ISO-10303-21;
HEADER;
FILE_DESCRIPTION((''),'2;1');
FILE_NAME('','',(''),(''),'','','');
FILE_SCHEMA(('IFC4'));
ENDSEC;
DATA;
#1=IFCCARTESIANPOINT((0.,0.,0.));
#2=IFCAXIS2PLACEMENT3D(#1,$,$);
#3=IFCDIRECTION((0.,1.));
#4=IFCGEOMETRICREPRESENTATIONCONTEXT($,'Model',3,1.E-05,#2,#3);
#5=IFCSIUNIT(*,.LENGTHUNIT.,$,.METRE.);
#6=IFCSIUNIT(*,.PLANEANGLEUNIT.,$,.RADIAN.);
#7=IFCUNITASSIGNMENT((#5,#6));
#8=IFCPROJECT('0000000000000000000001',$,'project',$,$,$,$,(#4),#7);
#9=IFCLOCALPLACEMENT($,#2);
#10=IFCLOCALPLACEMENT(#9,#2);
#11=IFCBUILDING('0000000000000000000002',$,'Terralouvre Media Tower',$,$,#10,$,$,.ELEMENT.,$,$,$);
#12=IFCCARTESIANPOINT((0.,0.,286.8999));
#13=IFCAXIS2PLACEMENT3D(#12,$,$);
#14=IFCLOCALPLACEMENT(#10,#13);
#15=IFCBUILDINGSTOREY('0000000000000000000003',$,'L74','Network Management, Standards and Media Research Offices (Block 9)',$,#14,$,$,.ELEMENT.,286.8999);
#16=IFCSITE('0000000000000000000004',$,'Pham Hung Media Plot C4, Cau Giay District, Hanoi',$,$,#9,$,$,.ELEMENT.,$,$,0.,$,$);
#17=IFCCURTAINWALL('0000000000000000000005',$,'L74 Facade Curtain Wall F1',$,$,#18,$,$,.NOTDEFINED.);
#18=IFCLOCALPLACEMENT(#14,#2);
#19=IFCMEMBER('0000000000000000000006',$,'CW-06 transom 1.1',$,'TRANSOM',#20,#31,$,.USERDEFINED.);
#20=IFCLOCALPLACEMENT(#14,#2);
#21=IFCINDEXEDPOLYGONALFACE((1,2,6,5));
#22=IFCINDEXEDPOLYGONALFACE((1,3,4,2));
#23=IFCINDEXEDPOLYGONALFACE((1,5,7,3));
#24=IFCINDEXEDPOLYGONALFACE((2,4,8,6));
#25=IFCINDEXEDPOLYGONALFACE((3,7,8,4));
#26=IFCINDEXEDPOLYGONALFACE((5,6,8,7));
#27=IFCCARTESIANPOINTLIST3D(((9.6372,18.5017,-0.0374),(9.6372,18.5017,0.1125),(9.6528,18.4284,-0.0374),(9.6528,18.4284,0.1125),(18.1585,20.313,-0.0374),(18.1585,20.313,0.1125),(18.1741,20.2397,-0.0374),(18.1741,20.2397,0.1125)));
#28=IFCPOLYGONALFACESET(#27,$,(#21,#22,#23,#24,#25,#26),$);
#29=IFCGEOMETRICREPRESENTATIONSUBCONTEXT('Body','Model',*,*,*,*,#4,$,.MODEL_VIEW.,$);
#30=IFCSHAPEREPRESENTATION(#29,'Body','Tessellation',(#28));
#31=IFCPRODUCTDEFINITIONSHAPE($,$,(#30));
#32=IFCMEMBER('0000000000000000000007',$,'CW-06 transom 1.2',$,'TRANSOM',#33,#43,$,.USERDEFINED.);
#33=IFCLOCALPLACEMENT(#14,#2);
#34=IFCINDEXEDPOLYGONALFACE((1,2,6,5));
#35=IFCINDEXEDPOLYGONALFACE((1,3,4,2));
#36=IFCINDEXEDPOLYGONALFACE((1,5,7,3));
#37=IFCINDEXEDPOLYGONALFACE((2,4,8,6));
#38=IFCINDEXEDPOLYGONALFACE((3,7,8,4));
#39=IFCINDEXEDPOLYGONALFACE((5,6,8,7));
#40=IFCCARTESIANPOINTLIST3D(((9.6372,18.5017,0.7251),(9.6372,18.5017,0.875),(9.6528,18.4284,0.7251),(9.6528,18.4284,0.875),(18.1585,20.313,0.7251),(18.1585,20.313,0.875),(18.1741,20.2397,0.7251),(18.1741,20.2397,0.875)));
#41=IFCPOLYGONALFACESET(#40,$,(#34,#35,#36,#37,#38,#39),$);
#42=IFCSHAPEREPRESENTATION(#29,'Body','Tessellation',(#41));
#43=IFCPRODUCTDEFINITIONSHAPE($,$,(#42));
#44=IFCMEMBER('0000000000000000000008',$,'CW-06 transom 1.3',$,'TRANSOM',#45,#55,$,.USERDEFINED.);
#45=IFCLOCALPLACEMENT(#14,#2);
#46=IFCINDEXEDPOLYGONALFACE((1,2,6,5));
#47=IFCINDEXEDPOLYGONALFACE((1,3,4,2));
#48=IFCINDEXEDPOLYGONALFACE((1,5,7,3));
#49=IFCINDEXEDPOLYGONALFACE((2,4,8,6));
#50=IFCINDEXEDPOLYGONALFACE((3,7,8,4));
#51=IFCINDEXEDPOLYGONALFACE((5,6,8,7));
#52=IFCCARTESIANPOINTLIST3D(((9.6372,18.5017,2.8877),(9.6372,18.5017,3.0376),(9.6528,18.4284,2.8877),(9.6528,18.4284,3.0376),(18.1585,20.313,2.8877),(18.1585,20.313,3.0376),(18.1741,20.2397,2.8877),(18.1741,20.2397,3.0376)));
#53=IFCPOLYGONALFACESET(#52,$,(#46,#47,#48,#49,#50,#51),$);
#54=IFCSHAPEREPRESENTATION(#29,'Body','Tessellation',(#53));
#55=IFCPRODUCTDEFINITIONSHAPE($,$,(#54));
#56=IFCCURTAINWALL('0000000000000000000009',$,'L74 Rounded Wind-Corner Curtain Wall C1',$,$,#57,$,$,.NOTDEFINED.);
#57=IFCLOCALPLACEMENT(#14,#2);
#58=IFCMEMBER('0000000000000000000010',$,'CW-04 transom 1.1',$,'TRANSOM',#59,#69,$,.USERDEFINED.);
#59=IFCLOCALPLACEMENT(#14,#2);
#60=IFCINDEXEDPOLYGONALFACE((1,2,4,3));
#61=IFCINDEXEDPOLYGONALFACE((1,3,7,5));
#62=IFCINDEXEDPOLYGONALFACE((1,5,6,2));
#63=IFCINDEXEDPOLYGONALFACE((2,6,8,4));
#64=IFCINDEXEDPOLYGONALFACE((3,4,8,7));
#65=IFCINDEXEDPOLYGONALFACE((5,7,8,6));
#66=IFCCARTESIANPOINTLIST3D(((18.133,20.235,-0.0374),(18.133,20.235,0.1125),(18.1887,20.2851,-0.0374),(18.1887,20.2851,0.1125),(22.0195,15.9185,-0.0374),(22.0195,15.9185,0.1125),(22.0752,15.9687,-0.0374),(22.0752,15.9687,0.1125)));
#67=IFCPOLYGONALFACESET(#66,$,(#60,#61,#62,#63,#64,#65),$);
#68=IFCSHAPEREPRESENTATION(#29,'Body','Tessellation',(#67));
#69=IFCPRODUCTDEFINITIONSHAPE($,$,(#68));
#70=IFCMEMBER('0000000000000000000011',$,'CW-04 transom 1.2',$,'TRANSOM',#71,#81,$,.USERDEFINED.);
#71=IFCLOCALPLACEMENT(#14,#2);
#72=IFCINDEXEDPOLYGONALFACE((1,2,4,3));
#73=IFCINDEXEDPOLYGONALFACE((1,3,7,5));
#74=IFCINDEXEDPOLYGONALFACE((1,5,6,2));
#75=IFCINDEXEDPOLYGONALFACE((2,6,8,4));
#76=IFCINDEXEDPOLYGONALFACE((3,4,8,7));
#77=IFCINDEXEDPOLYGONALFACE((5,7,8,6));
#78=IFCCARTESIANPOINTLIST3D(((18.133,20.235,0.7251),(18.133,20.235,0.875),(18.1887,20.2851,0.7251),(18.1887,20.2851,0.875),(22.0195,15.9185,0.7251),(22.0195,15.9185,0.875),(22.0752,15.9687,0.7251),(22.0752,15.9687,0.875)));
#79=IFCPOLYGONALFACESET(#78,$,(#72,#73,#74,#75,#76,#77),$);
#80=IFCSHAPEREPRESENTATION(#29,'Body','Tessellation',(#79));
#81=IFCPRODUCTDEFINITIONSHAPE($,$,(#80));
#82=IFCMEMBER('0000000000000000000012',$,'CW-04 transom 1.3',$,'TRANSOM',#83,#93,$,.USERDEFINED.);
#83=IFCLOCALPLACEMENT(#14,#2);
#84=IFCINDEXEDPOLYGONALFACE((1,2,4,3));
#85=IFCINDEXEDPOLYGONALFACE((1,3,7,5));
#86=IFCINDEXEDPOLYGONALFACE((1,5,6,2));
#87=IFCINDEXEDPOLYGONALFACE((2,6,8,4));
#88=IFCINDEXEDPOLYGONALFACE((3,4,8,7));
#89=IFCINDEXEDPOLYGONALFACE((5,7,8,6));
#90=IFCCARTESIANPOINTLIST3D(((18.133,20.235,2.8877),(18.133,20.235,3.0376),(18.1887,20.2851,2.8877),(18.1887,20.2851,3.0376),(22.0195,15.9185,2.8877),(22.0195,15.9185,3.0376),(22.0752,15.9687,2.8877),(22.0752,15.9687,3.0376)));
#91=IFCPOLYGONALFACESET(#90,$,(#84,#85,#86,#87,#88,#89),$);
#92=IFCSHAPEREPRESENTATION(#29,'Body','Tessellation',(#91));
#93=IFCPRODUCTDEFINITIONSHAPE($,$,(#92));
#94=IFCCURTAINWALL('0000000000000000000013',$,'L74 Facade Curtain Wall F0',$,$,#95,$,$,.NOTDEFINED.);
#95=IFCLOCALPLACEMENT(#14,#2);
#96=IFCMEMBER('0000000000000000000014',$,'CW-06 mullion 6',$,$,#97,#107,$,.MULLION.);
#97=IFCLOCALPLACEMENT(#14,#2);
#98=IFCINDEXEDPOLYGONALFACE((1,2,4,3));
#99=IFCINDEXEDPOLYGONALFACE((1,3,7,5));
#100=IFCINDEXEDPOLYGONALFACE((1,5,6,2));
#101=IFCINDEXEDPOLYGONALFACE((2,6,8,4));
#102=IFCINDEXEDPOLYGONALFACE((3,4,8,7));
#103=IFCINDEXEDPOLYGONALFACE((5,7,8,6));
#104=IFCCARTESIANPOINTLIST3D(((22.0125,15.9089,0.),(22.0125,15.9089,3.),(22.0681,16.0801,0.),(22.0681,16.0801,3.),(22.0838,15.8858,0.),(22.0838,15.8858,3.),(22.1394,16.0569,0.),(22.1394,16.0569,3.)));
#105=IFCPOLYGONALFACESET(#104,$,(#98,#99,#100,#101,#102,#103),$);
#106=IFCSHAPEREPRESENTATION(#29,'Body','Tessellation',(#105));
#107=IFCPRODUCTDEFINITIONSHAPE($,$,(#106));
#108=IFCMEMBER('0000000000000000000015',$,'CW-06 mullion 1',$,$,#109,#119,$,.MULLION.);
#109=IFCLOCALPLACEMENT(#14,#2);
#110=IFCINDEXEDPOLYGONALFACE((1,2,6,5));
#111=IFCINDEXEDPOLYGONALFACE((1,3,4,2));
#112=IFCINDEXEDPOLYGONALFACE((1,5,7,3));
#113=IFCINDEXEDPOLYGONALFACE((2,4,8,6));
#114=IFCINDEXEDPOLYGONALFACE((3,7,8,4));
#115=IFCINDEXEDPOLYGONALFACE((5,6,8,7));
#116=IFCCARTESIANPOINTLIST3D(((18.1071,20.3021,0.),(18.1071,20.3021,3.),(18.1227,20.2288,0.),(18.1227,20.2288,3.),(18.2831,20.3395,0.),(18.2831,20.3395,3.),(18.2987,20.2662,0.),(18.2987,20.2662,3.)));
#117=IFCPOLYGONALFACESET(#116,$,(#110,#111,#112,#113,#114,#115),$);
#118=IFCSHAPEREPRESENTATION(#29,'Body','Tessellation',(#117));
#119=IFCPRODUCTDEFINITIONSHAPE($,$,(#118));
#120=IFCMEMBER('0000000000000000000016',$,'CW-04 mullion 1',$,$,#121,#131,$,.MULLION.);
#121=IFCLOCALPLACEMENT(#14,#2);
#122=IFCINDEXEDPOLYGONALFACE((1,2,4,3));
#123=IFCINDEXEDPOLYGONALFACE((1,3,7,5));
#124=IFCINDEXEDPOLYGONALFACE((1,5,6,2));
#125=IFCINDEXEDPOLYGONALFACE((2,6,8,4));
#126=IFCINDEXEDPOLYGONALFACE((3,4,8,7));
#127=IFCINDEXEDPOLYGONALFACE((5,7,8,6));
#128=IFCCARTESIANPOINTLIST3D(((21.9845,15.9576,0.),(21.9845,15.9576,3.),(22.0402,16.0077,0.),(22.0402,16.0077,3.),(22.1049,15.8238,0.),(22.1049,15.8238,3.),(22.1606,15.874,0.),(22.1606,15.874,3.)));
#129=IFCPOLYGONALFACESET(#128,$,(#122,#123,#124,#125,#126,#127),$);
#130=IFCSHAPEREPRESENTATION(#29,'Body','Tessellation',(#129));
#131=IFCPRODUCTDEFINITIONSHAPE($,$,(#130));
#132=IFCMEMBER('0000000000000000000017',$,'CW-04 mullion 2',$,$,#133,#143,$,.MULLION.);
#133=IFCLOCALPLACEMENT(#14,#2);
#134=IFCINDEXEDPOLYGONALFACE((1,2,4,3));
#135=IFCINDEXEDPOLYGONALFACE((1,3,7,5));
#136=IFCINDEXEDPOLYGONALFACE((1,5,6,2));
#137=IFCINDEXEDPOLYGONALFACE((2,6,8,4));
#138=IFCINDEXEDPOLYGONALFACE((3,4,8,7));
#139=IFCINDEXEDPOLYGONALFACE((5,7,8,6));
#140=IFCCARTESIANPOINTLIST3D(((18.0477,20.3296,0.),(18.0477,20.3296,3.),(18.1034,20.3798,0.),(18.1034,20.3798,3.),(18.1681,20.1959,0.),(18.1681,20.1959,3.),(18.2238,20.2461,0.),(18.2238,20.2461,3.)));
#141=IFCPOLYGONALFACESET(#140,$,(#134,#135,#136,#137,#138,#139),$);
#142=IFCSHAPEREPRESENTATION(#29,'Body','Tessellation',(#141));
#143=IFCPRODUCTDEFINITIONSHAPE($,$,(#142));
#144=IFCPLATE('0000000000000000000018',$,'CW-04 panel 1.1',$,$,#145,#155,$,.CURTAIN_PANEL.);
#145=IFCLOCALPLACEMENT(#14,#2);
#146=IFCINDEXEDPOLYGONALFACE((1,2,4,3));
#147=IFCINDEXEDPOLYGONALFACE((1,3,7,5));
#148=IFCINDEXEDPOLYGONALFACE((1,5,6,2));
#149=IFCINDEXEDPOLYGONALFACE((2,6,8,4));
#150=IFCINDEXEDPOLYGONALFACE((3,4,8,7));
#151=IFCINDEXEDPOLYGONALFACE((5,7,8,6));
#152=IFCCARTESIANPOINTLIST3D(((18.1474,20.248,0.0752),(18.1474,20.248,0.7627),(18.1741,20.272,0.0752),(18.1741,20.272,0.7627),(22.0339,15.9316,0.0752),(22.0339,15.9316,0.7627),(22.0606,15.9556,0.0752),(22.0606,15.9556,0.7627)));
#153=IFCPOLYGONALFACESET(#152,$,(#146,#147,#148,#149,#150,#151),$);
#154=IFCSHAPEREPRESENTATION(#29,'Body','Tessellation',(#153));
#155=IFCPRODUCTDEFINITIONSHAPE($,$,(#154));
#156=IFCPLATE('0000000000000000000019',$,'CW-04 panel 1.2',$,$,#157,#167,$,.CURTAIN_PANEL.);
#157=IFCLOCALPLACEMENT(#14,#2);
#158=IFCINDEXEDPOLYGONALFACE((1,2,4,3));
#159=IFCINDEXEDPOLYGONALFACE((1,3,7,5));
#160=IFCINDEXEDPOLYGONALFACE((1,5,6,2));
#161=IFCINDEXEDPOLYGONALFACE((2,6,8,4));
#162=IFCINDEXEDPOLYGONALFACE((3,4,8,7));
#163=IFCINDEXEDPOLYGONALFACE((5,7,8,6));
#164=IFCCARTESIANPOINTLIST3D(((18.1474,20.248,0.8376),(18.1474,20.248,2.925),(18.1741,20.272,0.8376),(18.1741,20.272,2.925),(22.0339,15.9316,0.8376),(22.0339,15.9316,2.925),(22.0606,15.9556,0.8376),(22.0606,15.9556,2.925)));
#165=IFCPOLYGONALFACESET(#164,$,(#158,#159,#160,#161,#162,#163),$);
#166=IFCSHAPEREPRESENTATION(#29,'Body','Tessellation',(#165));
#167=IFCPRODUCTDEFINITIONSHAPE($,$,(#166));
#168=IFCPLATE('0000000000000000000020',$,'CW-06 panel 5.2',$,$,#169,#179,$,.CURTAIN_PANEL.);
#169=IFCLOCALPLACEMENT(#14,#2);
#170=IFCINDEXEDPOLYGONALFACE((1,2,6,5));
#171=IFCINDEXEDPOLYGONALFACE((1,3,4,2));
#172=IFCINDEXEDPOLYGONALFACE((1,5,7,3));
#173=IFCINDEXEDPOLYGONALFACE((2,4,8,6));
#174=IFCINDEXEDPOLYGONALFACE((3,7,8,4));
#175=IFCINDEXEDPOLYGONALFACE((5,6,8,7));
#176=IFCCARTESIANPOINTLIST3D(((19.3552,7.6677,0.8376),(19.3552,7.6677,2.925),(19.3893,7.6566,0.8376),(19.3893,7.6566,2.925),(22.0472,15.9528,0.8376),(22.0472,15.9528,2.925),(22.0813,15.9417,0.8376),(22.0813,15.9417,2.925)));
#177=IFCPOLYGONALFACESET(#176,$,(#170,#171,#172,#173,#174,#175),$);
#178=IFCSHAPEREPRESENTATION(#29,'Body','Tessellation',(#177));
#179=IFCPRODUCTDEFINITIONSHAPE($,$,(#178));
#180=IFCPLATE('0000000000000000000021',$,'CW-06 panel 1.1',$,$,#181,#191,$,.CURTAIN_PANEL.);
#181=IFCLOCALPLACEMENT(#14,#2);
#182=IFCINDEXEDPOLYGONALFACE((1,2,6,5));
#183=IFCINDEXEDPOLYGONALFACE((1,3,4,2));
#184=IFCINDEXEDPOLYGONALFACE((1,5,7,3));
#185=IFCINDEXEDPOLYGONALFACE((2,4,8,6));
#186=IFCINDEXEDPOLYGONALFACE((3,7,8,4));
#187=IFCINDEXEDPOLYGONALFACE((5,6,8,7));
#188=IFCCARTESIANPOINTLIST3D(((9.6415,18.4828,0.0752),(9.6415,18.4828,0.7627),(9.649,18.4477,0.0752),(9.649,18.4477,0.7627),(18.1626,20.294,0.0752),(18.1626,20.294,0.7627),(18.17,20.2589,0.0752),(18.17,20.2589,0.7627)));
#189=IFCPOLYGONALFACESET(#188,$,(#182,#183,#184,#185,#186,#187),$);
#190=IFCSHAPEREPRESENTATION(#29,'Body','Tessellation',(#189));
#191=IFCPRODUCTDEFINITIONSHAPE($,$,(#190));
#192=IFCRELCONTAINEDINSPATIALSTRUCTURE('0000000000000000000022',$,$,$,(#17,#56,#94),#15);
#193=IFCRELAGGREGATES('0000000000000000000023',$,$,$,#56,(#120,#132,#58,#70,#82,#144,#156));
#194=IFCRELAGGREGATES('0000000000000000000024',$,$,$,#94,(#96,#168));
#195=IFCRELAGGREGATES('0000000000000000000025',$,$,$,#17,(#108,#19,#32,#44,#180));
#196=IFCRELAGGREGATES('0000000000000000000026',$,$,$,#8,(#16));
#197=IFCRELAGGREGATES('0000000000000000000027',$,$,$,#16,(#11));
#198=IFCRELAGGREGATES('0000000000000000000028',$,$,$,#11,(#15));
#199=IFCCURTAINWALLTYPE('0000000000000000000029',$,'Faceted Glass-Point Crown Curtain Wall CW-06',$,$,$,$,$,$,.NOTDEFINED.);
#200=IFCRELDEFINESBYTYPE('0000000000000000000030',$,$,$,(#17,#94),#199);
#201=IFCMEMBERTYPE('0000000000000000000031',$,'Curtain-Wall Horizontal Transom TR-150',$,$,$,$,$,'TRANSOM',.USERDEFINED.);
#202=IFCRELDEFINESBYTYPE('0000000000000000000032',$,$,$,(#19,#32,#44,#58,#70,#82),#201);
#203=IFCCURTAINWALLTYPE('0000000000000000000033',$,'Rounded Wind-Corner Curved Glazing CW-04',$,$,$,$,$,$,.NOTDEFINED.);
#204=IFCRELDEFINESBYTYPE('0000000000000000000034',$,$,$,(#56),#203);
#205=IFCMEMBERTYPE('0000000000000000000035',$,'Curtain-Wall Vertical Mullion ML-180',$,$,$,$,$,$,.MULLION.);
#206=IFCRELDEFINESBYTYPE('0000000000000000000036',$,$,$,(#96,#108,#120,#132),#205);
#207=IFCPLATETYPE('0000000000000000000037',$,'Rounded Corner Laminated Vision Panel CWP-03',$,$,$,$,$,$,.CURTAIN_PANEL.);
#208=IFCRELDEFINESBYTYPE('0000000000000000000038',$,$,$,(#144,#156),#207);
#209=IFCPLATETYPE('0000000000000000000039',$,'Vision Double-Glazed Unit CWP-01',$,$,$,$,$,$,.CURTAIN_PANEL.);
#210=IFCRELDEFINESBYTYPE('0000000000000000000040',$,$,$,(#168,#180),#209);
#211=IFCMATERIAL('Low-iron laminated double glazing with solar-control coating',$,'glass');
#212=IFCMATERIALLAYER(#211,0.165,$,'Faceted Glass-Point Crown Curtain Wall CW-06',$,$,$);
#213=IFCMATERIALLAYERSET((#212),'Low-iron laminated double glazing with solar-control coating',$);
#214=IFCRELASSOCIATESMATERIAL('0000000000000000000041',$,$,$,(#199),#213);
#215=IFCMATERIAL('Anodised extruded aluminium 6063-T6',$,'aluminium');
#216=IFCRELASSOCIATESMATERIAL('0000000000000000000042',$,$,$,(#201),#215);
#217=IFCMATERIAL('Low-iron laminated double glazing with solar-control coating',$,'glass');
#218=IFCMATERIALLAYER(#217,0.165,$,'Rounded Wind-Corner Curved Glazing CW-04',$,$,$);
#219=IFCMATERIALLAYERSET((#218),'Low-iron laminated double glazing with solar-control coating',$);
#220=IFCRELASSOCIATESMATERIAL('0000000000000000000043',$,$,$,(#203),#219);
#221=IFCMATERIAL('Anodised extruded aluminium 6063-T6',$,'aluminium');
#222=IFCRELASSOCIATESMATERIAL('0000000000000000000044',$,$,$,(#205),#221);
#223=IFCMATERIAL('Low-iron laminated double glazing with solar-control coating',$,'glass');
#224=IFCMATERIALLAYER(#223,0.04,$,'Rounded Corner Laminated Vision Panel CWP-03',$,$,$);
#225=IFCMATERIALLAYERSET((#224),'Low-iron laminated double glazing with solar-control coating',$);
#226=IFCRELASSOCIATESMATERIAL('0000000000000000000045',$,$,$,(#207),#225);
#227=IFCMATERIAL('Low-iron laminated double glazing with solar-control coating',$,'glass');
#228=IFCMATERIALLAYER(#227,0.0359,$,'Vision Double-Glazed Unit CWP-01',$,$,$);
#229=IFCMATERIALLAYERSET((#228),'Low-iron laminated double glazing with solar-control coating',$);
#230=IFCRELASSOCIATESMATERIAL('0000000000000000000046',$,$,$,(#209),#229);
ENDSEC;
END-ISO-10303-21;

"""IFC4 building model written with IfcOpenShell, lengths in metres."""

from ifc_helpers import new_model, si_unit, direction, frame, origin, origin_2d, place, context, subcontext, project, spatial, rectangle, extrude, material, layer, layer_set, material_profile, profile_set, type_object, element, aggregate, save


model = new_model("IFC4")

# Units and contexts
model_context = context("Model", 3, precision=1e-05, world=origin(), true_north=direction((0.0, 1.0)))
body_context = subcontext(model_context, "Body", "Model", "MODEL_VIEW")
ifc_project = project(units=[si_unit("LENGTHUNIT", "METRE"), si_unit("PLANEANGLEUNIT", "RADIAN")], contexts=[model_context])

# Site, building, storey
site_placement = place(None, origin())
site = spatial("IfcSite", under=ifc_project, at=site_placement, Name="Pham Hung Media Plot C4, Cau Giay District, Hanoi", CompositionType="ELEMENT", RefElevation=0.0)
building_placement = place(site_placement, origin())
building = spatial("IfcBuilding", under=site, at=building_placement, Name="Terralouvre Media Tower", CompositionType="ELEMENT")
storey_placement = place(building_placement, frame((0.0, 0.0, 286.8999)))
storey = spatial("IfcBuildingStorey", under=building, at=storey_placement, Name="L74", Description="Network Management, Standards and Media Research Offices (Block 9)", CompositionType="ELEMENT", Elevation=286.8999)

# Curtain walls, members
ifc_material_1 = material(Name="Low-iron laminated double glazing with solar-control coating", Category="glass")
ifc_layer_1 = layer(ifc_material_1, 0.165, Name="Faceted Glass-Point Crown Curtain Wall CW-06")
ifc_layer_set_1 = layer_set([ifc_layer_1], Name="Low-iron laminated double glazing with solar-control coating")
curtain_wall_type_1 = type_object("IfcCurtainWallType", Name="Faceted Glass-Point Crown Curtain Wall CW-06", PredefinedType="NOTDEFINED", material=ifc_layer_set_1)
curtain_wall_1_placement = place(storey_placement, origin())
curtain_wall_1 = element("IfcCurtainWall", 1, at=curtain_wall_1_placement, inside=storey, type_object=curtain_wall_type_1, Name="L74 Facade Curtain Wall F1", PredefinedType="NOTDEFINED")
ifc_material_2 = material(Name="Anodised extruded aluminium 6063-T6", Category="aluminium")
ifc_material_profile_1 = material_profile(ifc_material_2, rectangle(XDim=0.075, YDim=0.1499, at=origin_2d()), Name="ALU 75x150")
ifc_profile_set_1 = profile_set([ifc_material_profile_1], Name="Anodised extruded aluminium 6063-T6")
member_type_1 = type_object("IfcMemberType", Name="Curtain-Wall Horizontal Transom TR-150", ElementType="TRANSOM", PredefinedType="USERDEFINED", material=ifc_profile_set_1)
member_1_placement = place(storey_placement, frame((18.1663, 20.2764, 0.0376), z_axis=(-0.978147, -0.207915, 0.0), x_axis=(0.207915, -0.978147, 0.0)))
member_1 = element("IfcMember", 2, at=member_1_placement, type_object=member_type_1, Name="CW-06 transom 1.1", ObjectType="TRANSOM", PredefinedType="USERDEFINED", context=body_context, shape_type="SweptSolid", body=[
    extrude(rectangle(XDim=0.075, YDim=0.1499, at=origin_2d()), origin(), (0.0, 0.0, 1.0), 8.7117),
])
member_2_placement = place(storey_placement, frame((18.1663, 20.2764, 0.8), z_axis=(-0.978147, -0.207915, 0.0), x_axis=(0.207915, -0.978147, 0.0)))
member_2 = element("IfcMember", 3, at=member_2_placement, type_object=member_type_1, Name="CW-06 transom 1.2", ObjectType="TRANSOM", PredefinedType="USERDEFINED", context=body_context, shape_type="SweptSolid", body=[
    extrude(rectangle(XDim=0.075, YDim=0.1499, at=origin_2d()), origin(), (0.0, 0.0, 1.0), 8.7117),
])
member_3_placement = place(storey_placement, frame((18.1663, 20.2764, 2.9626), z_axis=(-0.978147, -0.207915, 0.0), x_axis=(0.207915, -0.978147, 0.0)))
member_3 = element("IfcMember", 4, at=member_3_placement, type_object=member_type_1, Name="CW-06 transom 1.3", ObjectType="TRANSOM", PredefinedType="USERDEFINED", context=body_context, shape_type="SweptSolid", body=[
    extrude(rectangle(XDim=0.075, YDim=0.1499, at=origin_2d()), origin(), (0.0, 0.0, 1.0), 8.7117),
])
ifc_material_3 = material(Name="Low-iron laminated double glazing with solar-control coating", Category="glass")
ifc_layer_2 = layer(ifc_material_3, 0.165, Name="Rounded Wind-Corner Curved Glazing CW-04")
ifc_layer_set_2 = layer_set([ifc_layer_2], Name="Low-iron laminated double glazing with solar-control coating")
curtain_wall_type_2 = type_object("IfcCurtainWallType", Name="Rounded Wind-Corner Curved Glazing CW-04", PredefinedType="NOTDEFINED", material=ifc_layer_set_2)
curtain_wall_2_placement = place(storey_placement, origin())
curtain_wall_2 = element("IfcCurtainWall", 5, at=curtain_wall_2_placement, inside=storey, type_object=curtain_wall_type_2, Name="L74 Rounded Wind-Corner Curtain Wall C1", PredefinedType="NOTDEFINED")
member_4_placement = place(storey_placement, frame((22.0474, 15.9436, 0.0376), z_axis=(-0.669127, 0.743148, 0.0), x_axis=(-0.743148, -0.669127, 0.0)))
member_4 = element("IfcMember", 6, at=member_4_placement, type_object=member_type_1, Name="CW-04 transom 1.1", ObjectType="TRANSOM", PredefinedType="USERDEFINED", context=body_context, shape_type="SweptSolid", body=[
    extrude(rectangle(XDim=0.075, YDim=0.1499, at=origin_2d()), origin(), (0.0, 0.0, 1.0), 5.8083),
])
member_5_placement = place(storey_placement, frame((22.0474, 15.9436, 0.8), z_axis=(-0.669127, 0.743148, 0.0), x_axis=(-0.743148, -0.669127, 0.0)))
member_5 = element("IfcMember", 7, at=member_5_placement, type_object=member_type_1, Name="CW-04 transom 1.2", ObjectType="TRANSOM", PredefinedType="USERDEFINED", context=body_context, shape_type="SweptSolid", body=[
    extrude(rectangle(XDim=0.075, YDim=0.1499, at=origin_2d()), origin(), (0.0, 0.0, 1.0), 5.8083),
])
member_6_placement = place(storey_placement, frame((22.0474, 15.9436, 2.9626), z_axis=(-0.669127, 0.743148, 0.0), x_axis=(-0.743148, -0.669127, 0.0)))
member_6 = element("IfcMember", 8, at=member_6_placement, type_object=member_type_1, Name="CW-04 transom 1.3", ObjectType="TRANSOM", PredefinedType="USERDEFINED", context=body_context, shape_type="SweptSolid", body=[
    extrude(rectangle(XDim=0.075, YDim=0.1499, at=origin_2d()), origin(), (0.0, 0.0, 1.0), 5.8083),
])

# Curtain wall, member
curtain_wall_3_placement = place(storey_placement, origin())
curtain_wall_3 = element("IfcCurtainWall", 9, at=curtain_wall_3_placement, inside=storey, type_object=curtain_wall_type_1, Name="L74 Facade Curtain Wall F0", PredefinedType="NOTDEFINED")
ifc_material_4 = material(Name="Anodised extruded aluminium 6063-T6", Category="aluminium")
ifc_material_profile_2 = material_profile(ifc_material_4, rectangle(XDim=0.075, YDim=0.1799, at=origin_2d()), Name="ALU 75x180")
ifc_profile_set_2 = profile_set([ifc_material_profile_2], Name="Anodised extruded aluminium 6063-T6")
member_type_2 = type_object("IfcMemberType", Name="Curtain-Wall Vertical Mullion ML-180", PredefinedType="MULLION", material=ifc_profile_set_2)
member_7_placement = place(storey_placement, frame((22.0759, 15.9829, 0.0), z_axis=(0.0, 0.0, 1.0), x_axis=(-0.951057, 0.309017, 0.0)))
member_7 = element("IfcMember", 10, at=member_7_placement, type_object=member_type_2, Name="CW-06 mullion 6", PredefinedType="MULLION", context=body_context, shape_type="SweptSolid", body=[
    extrude(rectangle(XDim=0.075, YDim=0.1799, at=origin_2d()), origin(), (0.0, 0.0, 1.0), 3.0),
])

# Members
member_8_placement = place(storey_placement, frame((18.2029, 20.2842, 0.0), z_axis=(0.0, 0.0, 1.0), x_axis=(0.207912, -0.978148, 0.0)))
member_8 = element("IfcMember", 11, at=member_8_placement, type_object=member_type_2, Name="CW-06 mullion 1", PredefinedType="MULLION", context=body_context, shape_type="SweptSolid", body=[
    extrude(rectangle(XDim=0.075, YDim=0.1799, at=origin_2d()), origin(), (0.0, 0.0, 1.0), 3.0),
])
member_9_placement = place(storey_placement, frame((22.0725, 15.9158, 0.0), z_axis=(0.0, 0.0, 1.0), x_axis=(-0.743145, -0.66913, 0.0)))
member_9 = element("IfcMember", 12, at=member_9_placement, type_object=member_type_2, Name="CW-04 mullion 1", PredefinedType="MULLION", context=body_context, shape_type="SweptSolid", body=[
    extrude(rectangle(XDim=0.075, YDim=0.1799, at=origin_2d()), origin(), (0.0, 0.0, 1.0), 3.0),
])
member_10_placement = place(storey_placement, frame((18.1357, 20.2878, 0.0), z_axis=(0.0, 0.0, 1.0), x_axis=(-0.743145, -0.66913, 0.0)))
member_10 = element("IfcMember", 13, at=member_10_placement, type_object=member_type_2, Name="CW-04 mullion 2", PredefinedType="MULLION", context=body_context, shape_type="SweptSolid", body=[
    extrude(rectangle(XDim=0.075, YDim=0.1799, at=origin_2d()), origin(), (0.0, 0.0, 1.0), 3.0),
])

# Plates
ifc_material_5 = material(Name="Low-iron laminated double glazing with solar-control coating", Category="glass")
ifc_layer_3 = layer(ifc_material_5, 0.04, Name="Rounded Corner Laminated Vision Panel CWP-03")
ifc_layer_set_3 = layer_set([ifc_layer_3], Name="Low-iron laminated double glazing with solar-control coating")
plate_type_1 = type_object("IfcPlateType", Name="Rounded Corner Laminated Vision Panel CWP-03", PredefinedType="CURTAIN_PANEL", material=ifc_layer_set_3)
plate_1_placement = place(storey_placement, frame((20.104, 18.1018, 0.0752), z_axis=(0.0, 0.0, 1.0), x_axis=(-0.66913, 0.743145, 0.0)))
plate_1 = element("IfcPlate", 14, at=plate_1_placement, type_object=plate_type_1, Name="CW-04 panel 1.1", PredefinedType="CURTAIN_PANEL", context=body_context, shape_type="SweptSolid", body=[
    extrude(rectangle(XDim=5.8083, YDim=0.0359, at=origin_2d()), origin(), (0.0, 0.0, 1.0), 0.6875),
])
plate_2_placement = place(storey_placement, frame((20.104, 18.1018, 0.8376), z_axis=(0.0, 0.0, 1.0), x_axis=(-0.66913, 0.743145, 0.0)))
plate_2 = element("IfcPlate", 15, at=plate_2_placement, type_object=plate_type_1, Name="CW-04 panel 1.2", PredefinedType="CURTAIN_PANEL", context=body_context, shape_type="SweptSolid", body=[
    extrude(rectangle(XDim=5.8083, YDim=0.0359, at=origin_2d()), origin(), (0.0, 0.0, 1.0), 2.0874),
])
aggregate(curtain_wall_2, [member_9, member_10, member_4, member_5, member_6, plate_1, plate_2])
ifc_material_6 = material(Name="Low-iron laminated double glazing with solar-control coating", Category="glass")
ifc_layer_4 = layer(ifc_material_6, 0.0359, Name="Vision Double-Glazed Unit CWP-01")
ifc_layer_set_4 = layer_set([ifc_layer_4], Name="Low-iron laminated double glazing with solar-control coating")
plate_type_2 = type_object("IfcPlateType", Name="Vision Double-Glazed Unit CWP-01", PredefinedType="CURTAIN_PANEL", material=ifc_layer_set_4)
plate_3_placement = place(storey_placement, frame((20.7183, 11.8047, 0.8376), z_axis=(0.0, 0.0, 1.0), x_axis=(0.309017, 0.951057, 0.0)))
plate_3 = element("IfcPlate", 16, at=plate_3_placement, type_object=plate_type_2, Name="CW-06 panel 5.2", PredefinedType="CURTAIN_PANEL", context=body_context, shape_type="SweptSolid", body=[
    extrude(rectangle(XDim=8.7114, YDim=0.0359, at=origin_2d()), origin(), (0.0, 0.0, 1.0), 2.0874),
])
aggregate(curtain_wall_3, [member_7, plate_3])
plate_4_placement = place(storey_placement, frame((13.9058, 19.3708, 0.0752), z_axis=(0.0, 0.0, 1.0), x_axis=(-0.978148, -0.207912, 0.0)))
plate_4 = element("IfcPlate", 17, at=plate_4_placement, type_object=plate_type_2, Name="CW-06 panel 1.1", PredefinedType="CURTAIN_PANEL", context=body_context, shape_type="SweptSolid", body=[
    extrude(rectangle(XDim=8.7114, YDim=0.0359, at=origin_2d()), origin(), (0.0, 0.0, 1.0), 0.6875),
])
aggregate(curtain_wall_1, [member_8, member_1, member_2, member_3, plate_4])

save(model, "model.ifc")
